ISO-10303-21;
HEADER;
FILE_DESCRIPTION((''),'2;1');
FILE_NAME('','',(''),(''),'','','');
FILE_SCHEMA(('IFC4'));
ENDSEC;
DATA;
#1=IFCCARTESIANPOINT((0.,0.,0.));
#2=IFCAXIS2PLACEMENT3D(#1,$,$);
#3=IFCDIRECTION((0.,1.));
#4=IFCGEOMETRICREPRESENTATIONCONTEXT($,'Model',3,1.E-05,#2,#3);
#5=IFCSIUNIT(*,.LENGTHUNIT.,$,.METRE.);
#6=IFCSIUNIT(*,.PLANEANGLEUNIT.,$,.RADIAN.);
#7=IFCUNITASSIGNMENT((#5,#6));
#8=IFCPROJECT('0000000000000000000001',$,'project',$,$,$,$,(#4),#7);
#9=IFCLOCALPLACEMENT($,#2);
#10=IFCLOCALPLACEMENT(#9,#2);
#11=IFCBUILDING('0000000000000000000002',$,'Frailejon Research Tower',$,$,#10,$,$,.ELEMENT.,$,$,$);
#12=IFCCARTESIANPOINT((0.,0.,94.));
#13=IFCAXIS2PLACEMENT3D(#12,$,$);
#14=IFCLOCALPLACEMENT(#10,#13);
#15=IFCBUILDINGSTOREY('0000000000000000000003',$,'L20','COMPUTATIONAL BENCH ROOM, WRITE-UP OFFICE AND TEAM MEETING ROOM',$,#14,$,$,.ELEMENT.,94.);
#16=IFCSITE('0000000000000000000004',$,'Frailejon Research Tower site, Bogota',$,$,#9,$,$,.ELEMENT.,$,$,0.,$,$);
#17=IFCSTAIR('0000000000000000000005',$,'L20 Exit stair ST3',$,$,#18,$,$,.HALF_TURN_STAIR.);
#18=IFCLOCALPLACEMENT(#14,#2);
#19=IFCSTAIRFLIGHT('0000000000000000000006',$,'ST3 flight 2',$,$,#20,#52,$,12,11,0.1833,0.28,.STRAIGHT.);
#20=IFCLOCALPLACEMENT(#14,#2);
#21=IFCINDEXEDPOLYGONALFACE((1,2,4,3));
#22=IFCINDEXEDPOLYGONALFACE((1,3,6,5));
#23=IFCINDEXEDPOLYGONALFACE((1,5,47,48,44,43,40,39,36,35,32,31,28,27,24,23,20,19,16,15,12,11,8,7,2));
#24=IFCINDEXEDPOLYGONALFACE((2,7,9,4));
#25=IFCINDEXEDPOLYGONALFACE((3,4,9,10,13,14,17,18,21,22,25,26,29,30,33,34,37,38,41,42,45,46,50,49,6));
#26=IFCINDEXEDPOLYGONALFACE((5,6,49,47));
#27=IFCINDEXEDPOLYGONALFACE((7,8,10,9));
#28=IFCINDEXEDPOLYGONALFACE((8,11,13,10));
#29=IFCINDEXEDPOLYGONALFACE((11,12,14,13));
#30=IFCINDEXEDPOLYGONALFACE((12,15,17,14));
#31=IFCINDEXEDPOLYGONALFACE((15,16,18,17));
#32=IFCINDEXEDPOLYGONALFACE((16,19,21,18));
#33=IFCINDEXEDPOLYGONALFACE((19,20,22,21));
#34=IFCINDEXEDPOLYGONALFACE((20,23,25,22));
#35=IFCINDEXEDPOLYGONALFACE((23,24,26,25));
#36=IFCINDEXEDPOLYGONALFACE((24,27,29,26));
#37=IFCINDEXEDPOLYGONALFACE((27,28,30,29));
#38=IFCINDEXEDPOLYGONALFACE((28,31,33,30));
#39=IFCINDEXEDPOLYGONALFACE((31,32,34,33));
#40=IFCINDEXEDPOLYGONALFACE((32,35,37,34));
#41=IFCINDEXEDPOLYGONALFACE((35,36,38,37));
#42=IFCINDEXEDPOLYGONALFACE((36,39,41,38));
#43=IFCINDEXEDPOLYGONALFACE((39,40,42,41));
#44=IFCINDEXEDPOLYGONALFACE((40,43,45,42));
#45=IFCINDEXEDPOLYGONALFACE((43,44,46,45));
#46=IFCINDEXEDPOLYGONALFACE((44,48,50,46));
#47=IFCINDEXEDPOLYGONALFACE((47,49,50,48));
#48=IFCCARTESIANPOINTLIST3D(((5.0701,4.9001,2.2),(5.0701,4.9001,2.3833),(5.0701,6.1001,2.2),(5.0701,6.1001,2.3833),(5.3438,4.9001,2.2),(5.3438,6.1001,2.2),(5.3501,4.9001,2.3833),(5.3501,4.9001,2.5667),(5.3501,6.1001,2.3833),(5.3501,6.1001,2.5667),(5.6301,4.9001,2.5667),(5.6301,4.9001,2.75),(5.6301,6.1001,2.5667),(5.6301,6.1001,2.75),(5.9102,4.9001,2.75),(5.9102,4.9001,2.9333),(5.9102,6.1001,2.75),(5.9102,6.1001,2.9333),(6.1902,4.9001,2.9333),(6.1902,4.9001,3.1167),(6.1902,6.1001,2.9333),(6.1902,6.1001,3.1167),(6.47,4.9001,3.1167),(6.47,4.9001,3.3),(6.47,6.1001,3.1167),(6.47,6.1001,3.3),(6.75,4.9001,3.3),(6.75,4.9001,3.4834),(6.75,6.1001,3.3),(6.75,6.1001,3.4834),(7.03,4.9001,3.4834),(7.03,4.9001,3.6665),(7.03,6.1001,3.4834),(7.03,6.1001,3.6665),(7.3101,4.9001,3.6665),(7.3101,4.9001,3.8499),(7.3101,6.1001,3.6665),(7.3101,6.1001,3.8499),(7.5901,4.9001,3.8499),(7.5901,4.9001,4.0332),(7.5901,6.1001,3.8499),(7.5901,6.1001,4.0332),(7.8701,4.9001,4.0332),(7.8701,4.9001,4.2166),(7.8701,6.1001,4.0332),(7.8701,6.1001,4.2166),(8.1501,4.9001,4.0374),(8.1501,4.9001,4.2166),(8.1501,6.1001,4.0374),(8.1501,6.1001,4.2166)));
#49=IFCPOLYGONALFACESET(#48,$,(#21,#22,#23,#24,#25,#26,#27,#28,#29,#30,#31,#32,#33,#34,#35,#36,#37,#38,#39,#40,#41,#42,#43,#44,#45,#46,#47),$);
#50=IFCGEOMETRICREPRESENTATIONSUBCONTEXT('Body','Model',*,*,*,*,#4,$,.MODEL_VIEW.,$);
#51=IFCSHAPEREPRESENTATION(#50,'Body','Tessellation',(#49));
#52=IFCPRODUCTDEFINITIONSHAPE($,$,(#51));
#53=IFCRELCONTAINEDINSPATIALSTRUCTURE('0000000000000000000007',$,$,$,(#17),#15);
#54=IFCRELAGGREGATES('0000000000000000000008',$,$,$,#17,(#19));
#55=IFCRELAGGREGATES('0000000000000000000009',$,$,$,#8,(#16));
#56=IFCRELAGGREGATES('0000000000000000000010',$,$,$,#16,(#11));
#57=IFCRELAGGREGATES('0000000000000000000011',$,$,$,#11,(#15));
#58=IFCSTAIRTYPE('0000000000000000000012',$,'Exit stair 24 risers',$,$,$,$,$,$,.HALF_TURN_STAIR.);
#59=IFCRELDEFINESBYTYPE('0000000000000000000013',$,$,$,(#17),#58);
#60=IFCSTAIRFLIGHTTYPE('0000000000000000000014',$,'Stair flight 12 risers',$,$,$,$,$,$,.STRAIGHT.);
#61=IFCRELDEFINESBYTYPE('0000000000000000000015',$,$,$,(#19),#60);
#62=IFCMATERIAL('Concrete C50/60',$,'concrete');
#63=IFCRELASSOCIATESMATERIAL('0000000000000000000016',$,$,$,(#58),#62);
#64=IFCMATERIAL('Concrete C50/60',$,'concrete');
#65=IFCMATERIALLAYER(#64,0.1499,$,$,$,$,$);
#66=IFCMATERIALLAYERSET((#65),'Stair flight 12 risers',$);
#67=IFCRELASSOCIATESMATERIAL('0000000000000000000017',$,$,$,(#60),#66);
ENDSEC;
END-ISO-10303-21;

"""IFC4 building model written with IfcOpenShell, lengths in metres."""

from ifc_helpers import new_model, si_unit, direction, frame, origin, place, context, subcontext, project, spatial, polyline, outline, extrude, material, layer, layer_set, type_object, element, aggregate, save


model = new_model("IFC4")

# Units and contexts
model_context = context("Model", 3, precision=1e-05, world=origin(), true_north=direction((0.0, 1.0)))
body_context = subcontext(model_context, "Body", "Model", "MODEL_VIEW")
ifc_project = project(units=[si_unit("LENGTHUNIT", "METRE"), si_unit("PLANEANGLEUNIT", "RADIAN")], contexts=[model_context])

# Site, building, storey
site_placement = place(None, origin())
site = spatial("IfcSite", under=ifc_project, at=site_placement, Name="Frailejon Research Tower site, Bogota", CompositionType="ELEMENT", RefElevation=0.0)
building_placement = place(site_placement, origin())
building = spatial("IfcBuilding", under=site, at=building_placement, Name="Frailejon Research Tower", CompositionType="ELEMENT")
storey_placement = place(building_placement, frame((0.0, 0.0, 94.0)))
storey = spatial("IfcBuildingStorey", under=building, at=storey_placement, Name="L20", Description="COMPUTATIONAL BENCH ROOM, WRITE-UP OFFICE AND TEAM MEETING ROOM", CompositionType="ELEMENT", Elevation=94.0)

# Stair
ifc_material_1 = material(Name="Concrete C50/60", Category="concrete")
stair_type = type_object("IfcStairType", Name="Exit stair 24 risers", PredefinedType="HALF_TURN_STAIR", material=ifc_material_1)
stair_placement = place(storey_placement, origin())
stair = element("IfcStair", 1, at=stair_placement, inside=storey, type_object=stair_type, Name="L20 Exit stair ST3", PredefinedType="HALF_TURN_STAIR")

# Stair flight
ifc_material_2 = material(Name="Concrete C50/60", Category="concrete")
ifc_layer_1 = layer(ifc_material_2, 0.1499)
ifc_layer_set_1 = layer_set([ifc_layer_1], Name="Stair flight 12 risers")
stair_flight_type = type_object("IfcStairFlightType", Name="Stair flight 12 risers", PredefinedType="STRAIGHT", material=ifc_layer_set_1)
stair_flight_1_placement = place(storey_placement, frame((5.0701, 5.5, 2.2), z_axis=(0.0, 0.0, 1.0), x_axis=(1.0, 0.0, 0.0)))
stair_flight_1 = element("IfcStairFlight", 2, at=stair_flight_1_placement, type_object=stair_flight_type, Name="ST3 flight 2", NumberOfRisers=12, NumberOfTreads=11, PredefinedType="STRAIGHT", RiserHeight=0.1833, TreadLength=0.28, context=body_context, shape_type="SweptSolid", body=[
    extrude(outline(polyline([(0.0, 0.0), (0.0, 0.1833), (0.28, 0.1833), (0.28, 0.3667), (0.5601, 0.3667), (0.5601, 0.55), (0.8401, 0.55), (0.8401, 0.7334), (1.1201, 0.7334), (1.1201, 0.9167), (1.3999, 0.9167), (1.3999, 1.1001), (1.6799, 1.1001), (1.6799, 1.2834), (1.96, 1.2834), (1.96, 1.4666), (2.24, 1.4666), (2.24, 1.6499), (2.52, 1.6499), (2.52, 1.8333), (2.8, 1.8333), (2.8, 2.0166), (3.0801, 2.0166), (3.0801, 2.2), (3.0801, 1.8374), (0.2737, 0.0), (0.0, 0.0)])), frame((0.0, 0.6001, 0.0), z_axis=(0.0, -1.0, 0.0), x_axis=(1.0, 0.0, 0.0)), (0.0, 0.0, 1.0), 1.2),
])
aggregate(stair, [stair_flight_1])

save(model, "model.ifc")
